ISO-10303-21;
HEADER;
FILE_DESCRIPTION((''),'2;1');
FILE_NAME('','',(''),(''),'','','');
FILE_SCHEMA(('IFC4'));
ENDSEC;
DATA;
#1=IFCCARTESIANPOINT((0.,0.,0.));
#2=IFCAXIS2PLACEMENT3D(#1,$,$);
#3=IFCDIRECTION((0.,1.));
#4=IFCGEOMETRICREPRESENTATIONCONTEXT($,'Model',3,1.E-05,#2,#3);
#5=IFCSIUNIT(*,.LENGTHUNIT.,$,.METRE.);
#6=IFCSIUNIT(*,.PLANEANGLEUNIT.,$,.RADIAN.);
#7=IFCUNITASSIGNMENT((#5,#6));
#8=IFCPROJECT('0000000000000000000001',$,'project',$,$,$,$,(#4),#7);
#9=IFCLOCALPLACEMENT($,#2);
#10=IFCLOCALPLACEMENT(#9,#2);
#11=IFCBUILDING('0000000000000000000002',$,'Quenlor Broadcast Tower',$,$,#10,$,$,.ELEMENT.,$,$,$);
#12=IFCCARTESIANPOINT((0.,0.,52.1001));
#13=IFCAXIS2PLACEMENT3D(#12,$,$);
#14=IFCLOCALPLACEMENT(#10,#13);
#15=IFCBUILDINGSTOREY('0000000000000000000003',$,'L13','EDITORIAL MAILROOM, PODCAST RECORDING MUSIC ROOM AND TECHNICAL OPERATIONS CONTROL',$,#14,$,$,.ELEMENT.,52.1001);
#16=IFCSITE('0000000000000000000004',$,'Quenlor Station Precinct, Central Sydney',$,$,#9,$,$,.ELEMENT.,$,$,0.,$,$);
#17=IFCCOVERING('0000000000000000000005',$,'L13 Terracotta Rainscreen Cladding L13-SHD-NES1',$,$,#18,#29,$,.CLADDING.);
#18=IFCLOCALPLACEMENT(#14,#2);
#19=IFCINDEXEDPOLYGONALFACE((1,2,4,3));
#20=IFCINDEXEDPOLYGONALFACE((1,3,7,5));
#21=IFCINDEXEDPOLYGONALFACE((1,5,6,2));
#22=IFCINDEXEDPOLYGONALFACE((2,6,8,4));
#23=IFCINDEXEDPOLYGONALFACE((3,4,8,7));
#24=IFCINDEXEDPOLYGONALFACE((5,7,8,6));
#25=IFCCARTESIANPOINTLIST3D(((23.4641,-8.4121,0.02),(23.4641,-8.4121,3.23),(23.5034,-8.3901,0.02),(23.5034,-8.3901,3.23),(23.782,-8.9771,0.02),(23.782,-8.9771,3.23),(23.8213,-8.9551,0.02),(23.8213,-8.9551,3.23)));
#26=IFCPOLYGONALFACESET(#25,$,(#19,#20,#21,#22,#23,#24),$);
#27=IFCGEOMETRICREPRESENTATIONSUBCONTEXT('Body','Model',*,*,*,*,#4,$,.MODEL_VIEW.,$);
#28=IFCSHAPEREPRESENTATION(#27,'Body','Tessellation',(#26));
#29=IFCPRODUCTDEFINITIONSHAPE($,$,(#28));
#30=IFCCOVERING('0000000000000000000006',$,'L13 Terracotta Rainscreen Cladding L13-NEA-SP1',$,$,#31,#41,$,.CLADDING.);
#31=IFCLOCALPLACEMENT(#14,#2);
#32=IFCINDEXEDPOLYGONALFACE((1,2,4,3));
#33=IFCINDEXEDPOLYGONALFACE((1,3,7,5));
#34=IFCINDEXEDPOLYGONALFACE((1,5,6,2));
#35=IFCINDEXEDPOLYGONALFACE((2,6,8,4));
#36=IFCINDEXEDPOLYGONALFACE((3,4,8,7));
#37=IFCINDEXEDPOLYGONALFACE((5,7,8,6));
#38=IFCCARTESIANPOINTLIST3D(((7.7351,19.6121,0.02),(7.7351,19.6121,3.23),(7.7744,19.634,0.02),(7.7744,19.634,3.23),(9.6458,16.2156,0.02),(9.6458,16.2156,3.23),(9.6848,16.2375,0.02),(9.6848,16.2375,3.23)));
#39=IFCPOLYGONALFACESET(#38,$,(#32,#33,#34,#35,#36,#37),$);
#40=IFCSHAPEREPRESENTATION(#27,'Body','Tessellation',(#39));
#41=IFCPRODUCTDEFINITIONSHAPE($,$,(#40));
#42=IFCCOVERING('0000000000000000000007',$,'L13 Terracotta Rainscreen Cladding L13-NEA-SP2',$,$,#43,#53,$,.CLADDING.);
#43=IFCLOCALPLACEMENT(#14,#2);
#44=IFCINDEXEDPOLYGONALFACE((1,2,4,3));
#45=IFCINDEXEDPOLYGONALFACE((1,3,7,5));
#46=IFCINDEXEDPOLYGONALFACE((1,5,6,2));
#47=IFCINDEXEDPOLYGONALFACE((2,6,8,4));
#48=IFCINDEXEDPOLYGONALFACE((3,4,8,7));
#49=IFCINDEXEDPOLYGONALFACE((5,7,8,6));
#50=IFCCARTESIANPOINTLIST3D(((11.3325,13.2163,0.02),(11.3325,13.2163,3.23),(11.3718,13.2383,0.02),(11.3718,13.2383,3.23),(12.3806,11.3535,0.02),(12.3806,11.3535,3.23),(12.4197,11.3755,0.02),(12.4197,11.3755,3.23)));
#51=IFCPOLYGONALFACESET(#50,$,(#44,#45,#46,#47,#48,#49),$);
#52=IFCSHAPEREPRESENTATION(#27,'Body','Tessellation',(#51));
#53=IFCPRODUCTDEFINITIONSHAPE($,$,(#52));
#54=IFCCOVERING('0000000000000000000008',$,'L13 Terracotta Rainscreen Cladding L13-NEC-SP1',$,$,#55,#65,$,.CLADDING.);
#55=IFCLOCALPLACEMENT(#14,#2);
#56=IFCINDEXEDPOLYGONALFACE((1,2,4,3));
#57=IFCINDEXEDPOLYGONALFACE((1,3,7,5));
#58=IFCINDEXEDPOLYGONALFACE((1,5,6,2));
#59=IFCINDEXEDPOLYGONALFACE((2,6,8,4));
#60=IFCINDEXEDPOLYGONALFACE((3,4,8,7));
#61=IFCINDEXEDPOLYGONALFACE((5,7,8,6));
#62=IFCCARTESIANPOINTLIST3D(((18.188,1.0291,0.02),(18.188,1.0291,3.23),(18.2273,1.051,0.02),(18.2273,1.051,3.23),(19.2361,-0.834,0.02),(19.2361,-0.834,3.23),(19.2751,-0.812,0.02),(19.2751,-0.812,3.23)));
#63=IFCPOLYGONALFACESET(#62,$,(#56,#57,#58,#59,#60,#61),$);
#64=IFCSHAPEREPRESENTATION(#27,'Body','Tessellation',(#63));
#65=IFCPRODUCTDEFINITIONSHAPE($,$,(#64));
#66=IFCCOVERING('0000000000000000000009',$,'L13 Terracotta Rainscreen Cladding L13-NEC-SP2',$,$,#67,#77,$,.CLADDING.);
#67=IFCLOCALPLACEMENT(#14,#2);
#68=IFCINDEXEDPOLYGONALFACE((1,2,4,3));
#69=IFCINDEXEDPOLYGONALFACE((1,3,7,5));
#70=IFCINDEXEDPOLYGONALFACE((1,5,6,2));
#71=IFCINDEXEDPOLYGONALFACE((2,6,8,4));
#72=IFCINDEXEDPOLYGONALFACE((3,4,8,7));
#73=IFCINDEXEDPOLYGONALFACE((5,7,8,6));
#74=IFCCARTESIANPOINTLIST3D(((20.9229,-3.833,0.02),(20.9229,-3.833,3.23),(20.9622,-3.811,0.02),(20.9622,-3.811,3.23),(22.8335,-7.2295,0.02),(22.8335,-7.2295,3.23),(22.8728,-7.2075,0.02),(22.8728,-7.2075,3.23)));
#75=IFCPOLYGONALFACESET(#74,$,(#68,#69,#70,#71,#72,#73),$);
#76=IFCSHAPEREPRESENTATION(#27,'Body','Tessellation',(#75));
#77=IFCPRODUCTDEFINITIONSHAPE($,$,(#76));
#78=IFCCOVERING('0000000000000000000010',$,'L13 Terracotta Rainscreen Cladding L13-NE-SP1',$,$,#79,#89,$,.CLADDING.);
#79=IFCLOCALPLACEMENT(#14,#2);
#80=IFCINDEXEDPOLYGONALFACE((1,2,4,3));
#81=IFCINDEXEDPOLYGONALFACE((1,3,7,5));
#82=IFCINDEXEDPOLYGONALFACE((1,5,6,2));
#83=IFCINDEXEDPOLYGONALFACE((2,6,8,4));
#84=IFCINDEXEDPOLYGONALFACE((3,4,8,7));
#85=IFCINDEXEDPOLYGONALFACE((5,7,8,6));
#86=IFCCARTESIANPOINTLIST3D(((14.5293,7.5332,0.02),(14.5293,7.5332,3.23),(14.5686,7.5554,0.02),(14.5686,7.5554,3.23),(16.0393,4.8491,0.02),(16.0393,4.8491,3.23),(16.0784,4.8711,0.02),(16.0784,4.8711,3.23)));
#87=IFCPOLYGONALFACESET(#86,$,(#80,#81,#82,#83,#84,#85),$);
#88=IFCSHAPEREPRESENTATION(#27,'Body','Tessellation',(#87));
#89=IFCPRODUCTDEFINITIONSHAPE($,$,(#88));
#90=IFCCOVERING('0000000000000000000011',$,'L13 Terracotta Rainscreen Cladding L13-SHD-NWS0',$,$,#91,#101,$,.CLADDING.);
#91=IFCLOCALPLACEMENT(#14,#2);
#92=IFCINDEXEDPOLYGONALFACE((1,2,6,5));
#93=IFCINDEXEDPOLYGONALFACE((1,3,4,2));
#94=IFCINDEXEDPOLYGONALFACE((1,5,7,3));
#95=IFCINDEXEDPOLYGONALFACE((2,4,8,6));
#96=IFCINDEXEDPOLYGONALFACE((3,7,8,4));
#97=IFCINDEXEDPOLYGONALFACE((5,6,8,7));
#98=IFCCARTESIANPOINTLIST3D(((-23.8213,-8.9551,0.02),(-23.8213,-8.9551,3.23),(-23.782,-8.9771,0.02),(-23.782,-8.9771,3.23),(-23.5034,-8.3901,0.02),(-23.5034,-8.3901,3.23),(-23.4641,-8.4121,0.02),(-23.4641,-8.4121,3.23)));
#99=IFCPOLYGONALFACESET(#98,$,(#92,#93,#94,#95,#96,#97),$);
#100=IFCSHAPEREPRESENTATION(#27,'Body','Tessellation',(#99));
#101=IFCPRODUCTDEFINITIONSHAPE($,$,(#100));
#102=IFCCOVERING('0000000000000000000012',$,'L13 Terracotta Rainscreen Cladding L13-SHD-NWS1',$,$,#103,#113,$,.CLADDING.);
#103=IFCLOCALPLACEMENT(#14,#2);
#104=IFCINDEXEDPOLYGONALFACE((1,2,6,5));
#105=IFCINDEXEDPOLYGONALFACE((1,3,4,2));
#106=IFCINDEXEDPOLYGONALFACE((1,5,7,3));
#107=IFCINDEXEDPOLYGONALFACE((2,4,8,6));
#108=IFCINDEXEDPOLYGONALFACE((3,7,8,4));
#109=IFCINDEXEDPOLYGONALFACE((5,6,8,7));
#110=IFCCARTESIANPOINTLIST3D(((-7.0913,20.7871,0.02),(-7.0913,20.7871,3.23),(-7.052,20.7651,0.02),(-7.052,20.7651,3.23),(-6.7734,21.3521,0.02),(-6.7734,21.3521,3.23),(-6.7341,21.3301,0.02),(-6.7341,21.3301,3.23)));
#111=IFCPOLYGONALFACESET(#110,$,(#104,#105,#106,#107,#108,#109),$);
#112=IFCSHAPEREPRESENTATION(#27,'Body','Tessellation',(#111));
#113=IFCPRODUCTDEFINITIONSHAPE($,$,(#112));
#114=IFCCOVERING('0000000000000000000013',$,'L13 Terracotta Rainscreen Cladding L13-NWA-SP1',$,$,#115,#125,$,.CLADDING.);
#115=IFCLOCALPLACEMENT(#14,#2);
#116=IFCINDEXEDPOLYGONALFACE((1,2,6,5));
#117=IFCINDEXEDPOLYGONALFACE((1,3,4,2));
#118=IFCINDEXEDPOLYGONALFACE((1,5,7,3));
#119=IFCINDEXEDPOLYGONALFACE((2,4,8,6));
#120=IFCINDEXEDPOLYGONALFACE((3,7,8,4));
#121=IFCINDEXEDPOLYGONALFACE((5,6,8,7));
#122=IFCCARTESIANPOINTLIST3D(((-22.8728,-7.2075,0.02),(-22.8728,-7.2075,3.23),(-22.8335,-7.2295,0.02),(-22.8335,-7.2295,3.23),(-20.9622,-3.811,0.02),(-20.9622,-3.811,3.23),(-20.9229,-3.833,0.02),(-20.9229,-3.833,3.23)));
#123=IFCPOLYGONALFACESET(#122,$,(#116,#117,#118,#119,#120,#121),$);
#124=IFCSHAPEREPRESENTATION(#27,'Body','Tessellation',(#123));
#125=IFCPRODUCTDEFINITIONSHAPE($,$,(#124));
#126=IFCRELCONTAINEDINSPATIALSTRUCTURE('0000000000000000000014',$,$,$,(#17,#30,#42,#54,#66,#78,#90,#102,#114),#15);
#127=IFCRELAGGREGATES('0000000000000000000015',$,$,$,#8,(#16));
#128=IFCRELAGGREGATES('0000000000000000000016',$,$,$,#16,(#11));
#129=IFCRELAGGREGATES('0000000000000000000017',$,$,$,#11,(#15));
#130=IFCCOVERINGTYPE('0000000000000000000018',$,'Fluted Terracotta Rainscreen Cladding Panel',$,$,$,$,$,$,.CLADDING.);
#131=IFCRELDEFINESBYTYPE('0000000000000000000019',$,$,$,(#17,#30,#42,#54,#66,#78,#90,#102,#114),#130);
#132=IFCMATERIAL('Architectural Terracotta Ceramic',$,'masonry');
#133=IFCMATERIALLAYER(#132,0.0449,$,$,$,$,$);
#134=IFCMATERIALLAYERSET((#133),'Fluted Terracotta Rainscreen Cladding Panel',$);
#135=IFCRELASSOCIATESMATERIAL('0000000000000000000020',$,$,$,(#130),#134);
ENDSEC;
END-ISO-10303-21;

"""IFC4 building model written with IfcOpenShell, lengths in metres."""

from ifc_helpers import new_model, si_unit, direction, frame, origin, place, context, subcontext, project, spatial, polyline, outline, extrude, material, layer, layer_set, type_object, element, save


model = new_model("IFC4")

# Units and contexts
model_context = context("Model", 3, precision=1e-05, world=origin(), true_north=direction((0.0, 1.0)))
body_context = subcontext(model_context, "Body", "Model", "MODEL_VIEW")
ifc_project = project(units=[si_unit("LENGTHUNIT", "METRE"), si_unit("PLANEANGLEUNIT", "RADIAN")], contexts=[model_context])

# Site, building, storey
site_placement = place(None, origin())
site = spatial("IfcSite", under=ifc_project, at=site_placement, Name="Quenlor Station Precinct, Central Sydney", CompositionType="ELEMENT", RefElevation=0.0)
building_placement = place(site_placement, origin())
building = spatial("IfcBuilding", under=site, at=building_placement, Name="Quenlor Broadcast Tower", CompositionType="ELEMENT")
storey_placement = place(building_placement, frame((0.0, 0.0, 52.1001)))
storey = spatial("IfcBuildingStorey", under=building, at=storey_placement, Name="L13", Description="EDITORIAL MAILROOM, PODCAST RECORDING MUSIC ROOM AND TECHNICAL OPERATIONS CONTROL", CompositionType="ELEMENT", Elevation=52.1001)

# Coverings
ifc_material_1 = material(Name="Architectural Terracotta Ceramic", Category="masonry")
ifc_layer_1 = layer(ifc_material_1, 0.0449)
ifc_layer_set_1 = layer_set([ifc_layer_1], Name="Fluted Terracotta Rainscreen Cladding Panel")
covering_type = type_object("IfcCoveringType", Name="Fluted Terracotta Rainscreen Cladding Panel", PredefinedType="CLADDING", material=ifc_layer_set_1)
covering_1_placement = place(storey_placement, frame((0.0, 0.0, 0.02)))
element("IfcCovering", 1, at=covering_1_placement, inside=storey, type_object=covering_type, Name="L13 Terracotta Rainscreen Cladding L13-SHD-NES1", PredefinedType="CLADDING", context=body_context, shape_type="SweptSolid", body=[
    extrude(outline(polyline([(23.4641, -8.4121), (23.782, -8.9771), (23.8213, -8.9551), (23.5034, -8.3901), (23.4641, -8.4121)])), origin(), (0.0, 0.0, 1.0), 3.21),
])
covering_2_placement = place(storey_placement, frame((0.0, 0.0, 0.02)))
element("IfcCovering", 2, at=covering_2_placement, inside=storey, type_object=covering_type, Name="L13 Terracotta Rainscreen Cladding L13-NEA-SP1", PredefinedType="CLADDING", context=body_context, shape_type="SweptSolid", body=[
    extrude(outline(polyline([(7.7351, 19.6121), (9.6458, 16.2156), (9.6848, 16.2375), (7.7744, 19.634), (7.7351, 19.6121)])), origin(), (0.0, 0.0, 1.0), 3.21),
])
covering_3_placement = place(storey_placement, frame((0.0, 0.0, 0.02)))
element("IfcCovering", 3, at=covering_3_placement, inside=storey, type_object=covering_type, Name="L13 Terracotta Rainscreen Cladding L13-NEA-SP2", PredefinedType="CLADDING", context=body_context, shape_type="SweptSolid", body=[
    extrude(outline(polyline([(11.3325, 13.2163), (12.3806, 11.3535), (12.4197, 11.3755), (11.3718, 13.2383), (11.3325, 13.2163)])), origin(), (0.0, 0.0, 1.0), 3.21),
])
covering_4_placement = place(storey_placement, frame((0.0, 0.0, 0.02)))
element("IfcCovering", 4, at=covering_4_placement, inside=storey, type_object=covering_type, Name="L13 Terracotta Rainscreen Cladding L13-NEC-SP1", PredefinedType="CLADDING", context=body_context, shape_type="SweptSolid", body=[
    extrude(outline(polyline([(18.188, 1.0291), (19.2361, -0.834), (19.2751, -0.812), (18.2273, 1.051), (18.188, 1.0291)])), origin(), (0.0, 0.0, 1.0), 3.21),
])
covering_5_placement = place(storey_placement, frame((0.0, 0.0, 0.02)))
element("IfcCovering", 5, at=covering_5_placement, inside=storey, type_object=covering_type, Name="L13 Terracotta Rainscreen Cladding L13-NEC-SP2", PredefinedType="CLADDING", context=body_context, shape_type="SweptSolid", body=[
    extrude(outline(polyline([(20.9229, -3.833), (22.8335, -7.2295), (22.8728, -7.2075), (20.9622, -3.811), (20.9229, -3.833)])), origin(), (0.0, 0.0, 1.0), 3.21),
])
covering_6_placement = place(storey_placement, frame((0.0, 0.0, 0.02)))
element("IfcCovering", 6, at=covering_6_placement, inside=storey, type_object=covering_type, Name="L13 Terracotta Rainscreen Cladding L13-NE-SP1", PredefinedType="CLADDING", context=body_context, shape_type="SweptSolid", body=[
    extrude(outline(polyline([(14.5293, 7.5332), (16.0393, 4.8491), (16.0784, 4.8711), (14.5686, 7.5554), (14.5293, 7.5332)])), origin(), (0.0, 0.0, 1.0), 3.21),
])
covering_7_placement = place(storey_placement, frame((0.0, 0.0, 0.02)))
element("IfcCovering", 7, at=covering_7_placement, inside=storey, type_object=covering_type, Name="L13 Terracotta Rainscreen Cladding L13-SHD-NWS0", PredefinedType="CLADDING", context=body_context, shape_type="SweptSolid", body=[
    extrude(outline(polyline([(-23.782, -8.9771), (-23.4641, -8.4121), (-23.5034, -8.3901), (-23.8213, -8.9551), (-23.782, -8.9771)])), origin(), (0.0, 0.0, 1.0), 3.21),
])
covering_8_placement = place(storey_placement, frame((0.0, 0.0, 0.02)))
element("IfcCovering", 8, at=covering_8_placement, inside=storey, type_object=covering_type, Name="L13 Terracotta Rainscreen Cladding L13-SHD-NWS1", PredefinedType="CLADDING", context=body_context, shape_type="SweptSolid", body=[
    extrude(outline(polyline([(-7.052, 20.7651), (-6.7341, 21.3301), (-6.7734, 21.3521), (-7.0913, 20.7871), (-7.052, 20.7651)])), origin(), (0.0, 0.0, 1.0), 3.21),
])
covering_9_placement = place(storey_placement, frame((0.0, 0.0, 0.02)))
element("IfcCovering", 9, at=covering_9_placement, inside=storey, type_object=covering_type, Name="L13 Terracotta Rainscreen Cladding L13-NWA-SP1", PredefinedType="CLADDING", context=body_context, shape_type="SweptSolid", body=[
    extrude(outline(polyline([(-22.8335, -7.2295), (-20.9229, -3.833), (-20.9622, -3.811), (-22.8728, -7.2075), (-22.8335, -7.2295)])), origin(), (0.0, 0.0, 1.0), 3.21),
])

save(model, "model.ifc")
